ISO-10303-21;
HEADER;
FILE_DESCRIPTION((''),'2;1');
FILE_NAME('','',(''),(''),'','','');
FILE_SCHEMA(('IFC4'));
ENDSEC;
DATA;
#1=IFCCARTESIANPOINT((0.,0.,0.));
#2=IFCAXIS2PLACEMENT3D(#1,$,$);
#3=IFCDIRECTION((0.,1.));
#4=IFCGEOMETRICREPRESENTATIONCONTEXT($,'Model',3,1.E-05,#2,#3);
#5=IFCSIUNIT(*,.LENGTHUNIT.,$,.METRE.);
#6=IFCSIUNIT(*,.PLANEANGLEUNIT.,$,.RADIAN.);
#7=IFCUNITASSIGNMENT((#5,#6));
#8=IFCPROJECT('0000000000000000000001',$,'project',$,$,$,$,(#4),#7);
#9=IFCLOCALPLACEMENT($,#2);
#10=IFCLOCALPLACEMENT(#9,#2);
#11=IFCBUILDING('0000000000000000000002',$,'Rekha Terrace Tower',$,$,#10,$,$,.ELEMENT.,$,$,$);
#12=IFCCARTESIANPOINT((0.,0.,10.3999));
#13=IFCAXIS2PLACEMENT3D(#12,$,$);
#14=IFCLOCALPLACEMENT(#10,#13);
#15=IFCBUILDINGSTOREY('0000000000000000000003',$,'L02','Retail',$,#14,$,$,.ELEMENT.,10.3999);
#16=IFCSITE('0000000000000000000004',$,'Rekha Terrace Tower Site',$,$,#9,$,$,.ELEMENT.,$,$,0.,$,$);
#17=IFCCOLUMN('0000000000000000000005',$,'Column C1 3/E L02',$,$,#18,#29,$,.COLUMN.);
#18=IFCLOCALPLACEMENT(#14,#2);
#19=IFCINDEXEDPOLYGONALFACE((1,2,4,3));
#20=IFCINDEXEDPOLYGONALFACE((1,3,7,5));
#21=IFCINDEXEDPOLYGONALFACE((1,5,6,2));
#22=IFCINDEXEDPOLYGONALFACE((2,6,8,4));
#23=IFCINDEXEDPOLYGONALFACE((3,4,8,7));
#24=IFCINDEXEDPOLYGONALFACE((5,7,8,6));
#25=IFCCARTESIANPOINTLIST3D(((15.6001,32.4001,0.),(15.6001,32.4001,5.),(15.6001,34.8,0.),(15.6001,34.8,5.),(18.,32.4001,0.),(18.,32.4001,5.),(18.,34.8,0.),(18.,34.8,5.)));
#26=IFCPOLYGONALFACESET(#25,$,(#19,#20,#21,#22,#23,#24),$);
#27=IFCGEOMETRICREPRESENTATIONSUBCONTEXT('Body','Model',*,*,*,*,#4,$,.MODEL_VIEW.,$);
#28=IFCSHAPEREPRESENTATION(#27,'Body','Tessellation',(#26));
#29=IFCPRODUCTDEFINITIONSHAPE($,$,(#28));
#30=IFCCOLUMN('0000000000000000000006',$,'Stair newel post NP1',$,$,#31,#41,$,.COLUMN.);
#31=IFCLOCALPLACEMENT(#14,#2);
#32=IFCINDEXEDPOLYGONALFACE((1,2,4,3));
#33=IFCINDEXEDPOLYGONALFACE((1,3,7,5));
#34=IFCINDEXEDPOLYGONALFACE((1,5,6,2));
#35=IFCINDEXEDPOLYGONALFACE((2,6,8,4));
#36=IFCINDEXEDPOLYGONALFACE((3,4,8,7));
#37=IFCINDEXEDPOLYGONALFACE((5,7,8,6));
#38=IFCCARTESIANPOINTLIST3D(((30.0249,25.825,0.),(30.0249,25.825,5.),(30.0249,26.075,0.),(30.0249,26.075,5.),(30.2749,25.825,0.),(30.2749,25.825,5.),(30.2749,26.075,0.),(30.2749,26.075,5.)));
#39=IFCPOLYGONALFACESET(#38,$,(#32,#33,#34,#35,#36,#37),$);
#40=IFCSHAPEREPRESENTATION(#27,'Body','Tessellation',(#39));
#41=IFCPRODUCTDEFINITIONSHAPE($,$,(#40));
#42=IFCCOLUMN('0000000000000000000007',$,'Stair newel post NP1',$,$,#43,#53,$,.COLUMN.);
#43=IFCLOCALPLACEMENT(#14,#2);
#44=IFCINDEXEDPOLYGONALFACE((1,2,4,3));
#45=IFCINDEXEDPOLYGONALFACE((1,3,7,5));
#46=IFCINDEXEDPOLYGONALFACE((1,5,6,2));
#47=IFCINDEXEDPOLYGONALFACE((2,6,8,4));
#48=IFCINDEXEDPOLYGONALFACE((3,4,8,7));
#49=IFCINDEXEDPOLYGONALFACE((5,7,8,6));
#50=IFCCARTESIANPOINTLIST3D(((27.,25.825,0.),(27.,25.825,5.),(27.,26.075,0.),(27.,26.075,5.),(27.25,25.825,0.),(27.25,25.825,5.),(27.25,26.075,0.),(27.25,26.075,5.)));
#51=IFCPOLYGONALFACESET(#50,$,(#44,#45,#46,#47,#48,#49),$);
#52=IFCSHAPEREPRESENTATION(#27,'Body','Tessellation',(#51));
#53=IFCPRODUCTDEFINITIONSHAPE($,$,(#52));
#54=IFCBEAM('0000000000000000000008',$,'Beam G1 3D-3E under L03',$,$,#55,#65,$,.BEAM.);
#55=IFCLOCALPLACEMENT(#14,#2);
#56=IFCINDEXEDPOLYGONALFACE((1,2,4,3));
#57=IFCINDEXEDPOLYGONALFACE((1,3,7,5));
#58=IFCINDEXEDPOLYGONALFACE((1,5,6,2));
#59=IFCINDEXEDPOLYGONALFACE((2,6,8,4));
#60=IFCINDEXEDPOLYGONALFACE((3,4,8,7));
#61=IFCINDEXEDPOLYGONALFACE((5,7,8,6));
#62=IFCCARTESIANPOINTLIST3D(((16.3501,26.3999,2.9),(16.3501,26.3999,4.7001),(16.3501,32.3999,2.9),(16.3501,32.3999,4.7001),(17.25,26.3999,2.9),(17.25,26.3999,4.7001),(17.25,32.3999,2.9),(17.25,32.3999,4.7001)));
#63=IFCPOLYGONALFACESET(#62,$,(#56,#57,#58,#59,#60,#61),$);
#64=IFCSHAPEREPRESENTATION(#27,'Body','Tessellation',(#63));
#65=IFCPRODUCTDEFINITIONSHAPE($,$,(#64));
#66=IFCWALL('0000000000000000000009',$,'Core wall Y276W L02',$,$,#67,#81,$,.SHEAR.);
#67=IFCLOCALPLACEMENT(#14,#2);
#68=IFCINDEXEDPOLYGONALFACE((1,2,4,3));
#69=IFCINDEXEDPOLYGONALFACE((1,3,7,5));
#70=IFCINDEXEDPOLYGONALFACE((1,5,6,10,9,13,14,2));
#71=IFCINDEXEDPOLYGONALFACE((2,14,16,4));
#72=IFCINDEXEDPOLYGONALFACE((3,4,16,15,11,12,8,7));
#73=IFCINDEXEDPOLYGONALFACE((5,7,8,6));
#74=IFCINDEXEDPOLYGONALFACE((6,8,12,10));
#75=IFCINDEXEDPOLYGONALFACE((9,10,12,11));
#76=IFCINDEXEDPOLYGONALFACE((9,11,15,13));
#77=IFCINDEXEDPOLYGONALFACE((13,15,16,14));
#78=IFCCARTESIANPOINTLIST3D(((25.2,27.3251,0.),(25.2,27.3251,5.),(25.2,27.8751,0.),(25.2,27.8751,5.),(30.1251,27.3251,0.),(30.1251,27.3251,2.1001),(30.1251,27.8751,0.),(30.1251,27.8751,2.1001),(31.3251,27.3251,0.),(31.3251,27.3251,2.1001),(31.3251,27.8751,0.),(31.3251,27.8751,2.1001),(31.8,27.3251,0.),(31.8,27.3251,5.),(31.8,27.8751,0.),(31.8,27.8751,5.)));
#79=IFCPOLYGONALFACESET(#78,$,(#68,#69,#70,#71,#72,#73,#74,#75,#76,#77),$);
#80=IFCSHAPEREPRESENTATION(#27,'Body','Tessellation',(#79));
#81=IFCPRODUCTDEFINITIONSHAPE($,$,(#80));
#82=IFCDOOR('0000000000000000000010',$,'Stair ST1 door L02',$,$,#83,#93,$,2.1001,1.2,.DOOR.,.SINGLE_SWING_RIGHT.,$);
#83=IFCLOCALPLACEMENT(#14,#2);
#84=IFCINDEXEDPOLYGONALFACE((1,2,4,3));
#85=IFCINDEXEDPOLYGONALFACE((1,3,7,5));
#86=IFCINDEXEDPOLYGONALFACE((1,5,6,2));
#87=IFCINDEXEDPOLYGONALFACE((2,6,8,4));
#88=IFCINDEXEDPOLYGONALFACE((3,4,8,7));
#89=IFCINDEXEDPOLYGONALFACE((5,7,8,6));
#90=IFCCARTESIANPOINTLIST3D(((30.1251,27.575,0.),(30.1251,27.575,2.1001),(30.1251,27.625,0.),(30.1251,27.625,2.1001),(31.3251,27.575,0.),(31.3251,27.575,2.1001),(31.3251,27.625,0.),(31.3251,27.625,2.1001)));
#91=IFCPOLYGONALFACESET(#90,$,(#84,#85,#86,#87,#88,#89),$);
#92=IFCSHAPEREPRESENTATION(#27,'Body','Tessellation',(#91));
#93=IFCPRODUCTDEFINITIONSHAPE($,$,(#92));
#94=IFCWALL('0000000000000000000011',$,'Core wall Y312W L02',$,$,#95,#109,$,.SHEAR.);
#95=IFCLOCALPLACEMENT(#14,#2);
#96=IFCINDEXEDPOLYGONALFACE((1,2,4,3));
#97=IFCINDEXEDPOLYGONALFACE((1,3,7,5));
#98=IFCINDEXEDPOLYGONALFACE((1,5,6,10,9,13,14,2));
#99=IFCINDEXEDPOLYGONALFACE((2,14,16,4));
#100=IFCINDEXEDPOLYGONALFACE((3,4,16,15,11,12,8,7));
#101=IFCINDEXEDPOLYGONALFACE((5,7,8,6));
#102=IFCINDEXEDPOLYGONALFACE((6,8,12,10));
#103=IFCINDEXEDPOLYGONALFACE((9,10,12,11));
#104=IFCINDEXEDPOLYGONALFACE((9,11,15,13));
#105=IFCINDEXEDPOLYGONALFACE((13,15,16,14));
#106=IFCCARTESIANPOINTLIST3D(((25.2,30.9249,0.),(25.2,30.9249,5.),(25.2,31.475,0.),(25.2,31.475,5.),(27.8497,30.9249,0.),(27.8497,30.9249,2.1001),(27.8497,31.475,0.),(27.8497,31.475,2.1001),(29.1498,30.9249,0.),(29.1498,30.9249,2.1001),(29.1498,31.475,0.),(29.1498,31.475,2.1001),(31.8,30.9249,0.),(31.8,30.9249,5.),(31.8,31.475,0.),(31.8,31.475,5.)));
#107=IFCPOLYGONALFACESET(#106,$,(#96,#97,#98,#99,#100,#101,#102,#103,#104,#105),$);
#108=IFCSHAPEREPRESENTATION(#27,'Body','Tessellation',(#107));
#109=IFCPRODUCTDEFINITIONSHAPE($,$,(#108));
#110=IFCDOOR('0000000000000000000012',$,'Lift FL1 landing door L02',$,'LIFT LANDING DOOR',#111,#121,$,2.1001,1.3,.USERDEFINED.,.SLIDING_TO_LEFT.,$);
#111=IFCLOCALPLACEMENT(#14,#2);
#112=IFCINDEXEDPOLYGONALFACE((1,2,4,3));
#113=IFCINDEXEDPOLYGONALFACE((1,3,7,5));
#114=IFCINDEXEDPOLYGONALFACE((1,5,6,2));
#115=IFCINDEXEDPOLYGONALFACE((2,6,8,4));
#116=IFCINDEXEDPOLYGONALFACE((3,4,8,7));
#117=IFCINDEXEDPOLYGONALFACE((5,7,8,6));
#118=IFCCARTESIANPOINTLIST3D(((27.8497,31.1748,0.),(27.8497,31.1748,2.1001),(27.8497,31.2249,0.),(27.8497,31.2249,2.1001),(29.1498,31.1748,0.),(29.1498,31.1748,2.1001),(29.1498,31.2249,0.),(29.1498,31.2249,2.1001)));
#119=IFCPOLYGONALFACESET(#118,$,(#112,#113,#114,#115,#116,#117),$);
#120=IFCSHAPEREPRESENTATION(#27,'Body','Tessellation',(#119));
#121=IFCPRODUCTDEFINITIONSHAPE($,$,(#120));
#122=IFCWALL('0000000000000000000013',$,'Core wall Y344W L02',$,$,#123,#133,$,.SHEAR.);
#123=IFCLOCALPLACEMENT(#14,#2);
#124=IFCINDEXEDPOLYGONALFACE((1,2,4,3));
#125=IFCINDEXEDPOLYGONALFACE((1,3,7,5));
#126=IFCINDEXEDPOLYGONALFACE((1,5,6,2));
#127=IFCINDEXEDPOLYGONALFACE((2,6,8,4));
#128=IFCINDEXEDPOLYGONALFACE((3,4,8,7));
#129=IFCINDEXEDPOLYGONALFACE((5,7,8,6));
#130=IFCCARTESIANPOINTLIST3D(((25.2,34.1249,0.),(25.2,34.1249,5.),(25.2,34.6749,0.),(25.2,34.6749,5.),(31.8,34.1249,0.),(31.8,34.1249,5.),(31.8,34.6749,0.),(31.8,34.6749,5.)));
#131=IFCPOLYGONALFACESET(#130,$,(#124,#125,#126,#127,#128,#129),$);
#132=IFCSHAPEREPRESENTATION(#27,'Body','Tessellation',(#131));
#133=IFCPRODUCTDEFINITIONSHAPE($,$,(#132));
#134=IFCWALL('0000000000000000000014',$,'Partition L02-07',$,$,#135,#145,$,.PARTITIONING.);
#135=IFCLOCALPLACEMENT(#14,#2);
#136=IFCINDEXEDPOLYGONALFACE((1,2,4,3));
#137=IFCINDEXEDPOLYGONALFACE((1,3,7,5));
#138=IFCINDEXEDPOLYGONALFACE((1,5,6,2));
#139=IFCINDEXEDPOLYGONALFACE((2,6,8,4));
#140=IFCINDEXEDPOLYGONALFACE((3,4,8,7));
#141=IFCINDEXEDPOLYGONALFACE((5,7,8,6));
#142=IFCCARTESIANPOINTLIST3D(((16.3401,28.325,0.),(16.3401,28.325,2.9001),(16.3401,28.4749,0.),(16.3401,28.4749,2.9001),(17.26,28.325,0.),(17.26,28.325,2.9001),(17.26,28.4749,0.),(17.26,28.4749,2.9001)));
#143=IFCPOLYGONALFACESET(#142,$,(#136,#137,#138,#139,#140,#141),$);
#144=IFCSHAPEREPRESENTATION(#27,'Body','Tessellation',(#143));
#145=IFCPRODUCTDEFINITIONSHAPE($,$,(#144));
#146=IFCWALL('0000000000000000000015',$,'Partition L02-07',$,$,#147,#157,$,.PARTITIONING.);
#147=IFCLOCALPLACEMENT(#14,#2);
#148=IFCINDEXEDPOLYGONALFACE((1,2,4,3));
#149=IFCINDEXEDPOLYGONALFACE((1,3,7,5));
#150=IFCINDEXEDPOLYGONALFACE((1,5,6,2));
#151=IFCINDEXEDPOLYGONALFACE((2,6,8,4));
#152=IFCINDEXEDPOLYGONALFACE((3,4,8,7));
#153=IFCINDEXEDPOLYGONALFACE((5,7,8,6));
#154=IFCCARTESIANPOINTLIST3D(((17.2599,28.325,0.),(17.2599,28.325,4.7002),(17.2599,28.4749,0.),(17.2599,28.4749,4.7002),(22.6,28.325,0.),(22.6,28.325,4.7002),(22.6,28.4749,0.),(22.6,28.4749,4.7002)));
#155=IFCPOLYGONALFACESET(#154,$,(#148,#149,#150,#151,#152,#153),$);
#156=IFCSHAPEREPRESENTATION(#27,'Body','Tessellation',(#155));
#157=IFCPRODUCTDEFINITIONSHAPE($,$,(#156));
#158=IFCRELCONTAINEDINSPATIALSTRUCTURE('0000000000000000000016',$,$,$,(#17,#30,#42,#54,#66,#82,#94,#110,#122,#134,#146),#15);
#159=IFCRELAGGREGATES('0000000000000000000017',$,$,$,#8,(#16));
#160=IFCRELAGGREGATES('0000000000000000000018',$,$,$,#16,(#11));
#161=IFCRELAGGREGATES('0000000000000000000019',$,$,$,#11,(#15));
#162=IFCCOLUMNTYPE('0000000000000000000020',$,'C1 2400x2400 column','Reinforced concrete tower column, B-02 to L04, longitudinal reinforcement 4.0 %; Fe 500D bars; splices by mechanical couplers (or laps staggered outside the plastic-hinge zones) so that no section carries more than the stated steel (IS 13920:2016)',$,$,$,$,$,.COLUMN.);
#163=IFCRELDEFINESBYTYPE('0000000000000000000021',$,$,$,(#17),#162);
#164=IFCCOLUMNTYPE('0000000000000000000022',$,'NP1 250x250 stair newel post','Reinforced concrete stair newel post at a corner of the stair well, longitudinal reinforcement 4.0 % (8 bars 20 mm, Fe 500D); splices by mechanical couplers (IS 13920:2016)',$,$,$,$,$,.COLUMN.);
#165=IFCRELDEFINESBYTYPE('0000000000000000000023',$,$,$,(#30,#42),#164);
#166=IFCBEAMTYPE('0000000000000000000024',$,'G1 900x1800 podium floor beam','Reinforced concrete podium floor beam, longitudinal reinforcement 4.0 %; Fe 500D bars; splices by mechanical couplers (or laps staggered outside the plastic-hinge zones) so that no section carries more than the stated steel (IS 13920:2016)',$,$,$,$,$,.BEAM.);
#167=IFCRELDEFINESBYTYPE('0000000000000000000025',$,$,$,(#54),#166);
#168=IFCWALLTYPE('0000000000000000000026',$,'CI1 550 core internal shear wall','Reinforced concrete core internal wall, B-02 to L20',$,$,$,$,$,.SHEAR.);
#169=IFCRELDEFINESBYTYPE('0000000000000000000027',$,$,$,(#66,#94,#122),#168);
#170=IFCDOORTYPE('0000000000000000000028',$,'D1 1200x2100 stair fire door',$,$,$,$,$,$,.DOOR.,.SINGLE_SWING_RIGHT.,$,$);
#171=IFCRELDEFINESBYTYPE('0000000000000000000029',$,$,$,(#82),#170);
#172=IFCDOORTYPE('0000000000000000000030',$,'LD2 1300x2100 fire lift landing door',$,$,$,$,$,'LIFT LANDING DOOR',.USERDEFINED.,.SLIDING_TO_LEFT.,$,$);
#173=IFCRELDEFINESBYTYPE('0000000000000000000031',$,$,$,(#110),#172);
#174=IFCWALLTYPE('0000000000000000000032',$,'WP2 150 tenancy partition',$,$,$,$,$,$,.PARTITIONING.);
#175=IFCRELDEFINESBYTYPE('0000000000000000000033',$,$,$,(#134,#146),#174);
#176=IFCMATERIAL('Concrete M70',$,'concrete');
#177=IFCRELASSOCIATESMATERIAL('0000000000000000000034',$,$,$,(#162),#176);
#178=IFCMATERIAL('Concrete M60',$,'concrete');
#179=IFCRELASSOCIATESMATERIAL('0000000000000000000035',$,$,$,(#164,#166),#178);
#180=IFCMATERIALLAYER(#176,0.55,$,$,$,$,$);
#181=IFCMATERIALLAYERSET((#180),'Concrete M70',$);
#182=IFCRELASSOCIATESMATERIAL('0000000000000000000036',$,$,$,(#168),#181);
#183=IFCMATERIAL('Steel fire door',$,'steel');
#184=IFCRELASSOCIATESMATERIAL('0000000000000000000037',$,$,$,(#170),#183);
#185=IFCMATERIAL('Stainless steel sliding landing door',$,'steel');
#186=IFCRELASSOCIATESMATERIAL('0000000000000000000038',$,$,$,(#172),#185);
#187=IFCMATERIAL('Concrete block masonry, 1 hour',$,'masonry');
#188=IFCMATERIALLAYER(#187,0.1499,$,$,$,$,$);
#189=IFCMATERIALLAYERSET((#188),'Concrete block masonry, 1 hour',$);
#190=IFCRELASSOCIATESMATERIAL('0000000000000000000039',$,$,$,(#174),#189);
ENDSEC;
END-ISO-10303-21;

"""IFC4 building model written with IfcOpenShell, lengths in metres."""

from ifc_helpers import new_model, si_unit, direction, frame, frame_2d, origin, origin_2d, place, context, subcontext, project, spatial, rectangle, extrude, material, layer, layer_set, material_profile, profile_set, type_object, element, fill, save


model = new_model("IFC4")

# Units and contexts
model_context = context("Model", 3, precision=1e-05, world=origin(), true_north=direction((0.0, 1.0)))
body_context = subcontext(model_context, "Body", "Model", "MODEL_VIEW")
ifc_project = project(units=[si_unit("LENGTHUNIT", "METRE"), si_unit("PLANEANGLEUNIT", "RADIAN")], contexts=[model_context])

# Site, building, storey
site_placement = place(None, origin())
site = spatial("IfcSite", under=ifc_project, at=site_placement, Name="Rekha Terrace Tower Site", CompositionType="ELEMENT", RefElevation=0.0)
building_placement = place(site_placement, origin())
building = spatial("IfcBuilding", under=site, at=building_placement, Name="Rekha Terrace Tower", CompositionType="ELEMENT")
storey_placement = place(building_placement, frame((0.0, 0.0, 10.3999)))
storey = spatial("IfcBuildingStorey", under=building, at=storey_placement, Name="L02", Description="Retail", CompositionType="ELEMENT", Elevation=10.3999)

# Columns
ifc_material_1 = material(Name="Concrete M70", Category="concrete")
ifc_material_profile_1 = material_profile(ifc_material_1, rectangle(XDim=2.3999, YDim=2.3999, at=origin_2d()), Name="RC 2400x2400")
ifc_profile_set_1 = profile_set([ifc_material_profile_1], Name="Concrete M70")
column_type_1 = type_object("IfcColumnType", Name="C1 2400x2400 column", Description="Reinforced concrete tower column, B-02 to L04, longitudinal reinforcement 4.0 %; Fe 500D bars; splices by mechanical couplers (or laps staggered outside the plastic-hinge zones) so that no section carries more than the stated steel (IS 13920:2016)", PredefinedType="COLUMN", material=ifc_profile_set_1)
column_placement = place(storey_placement, frame((16.8, 33.6001, 0.0), z_axis=(0.0, 0.0, 1.0), x_axis=(1.0, 0.0, 0.0)))
element("IfcColumn", 1, at=column_placement, inside=storey, type_object=column_type_1, Name="Column C1 3/E L02", PredefinedType="COLUMN", context=body_context, shape_type="SweptSolid", body=[
    extrude(rectangle(XDim=2.3999, YDim=2.3999, at=origin_2d()), origin(), (0.0, 0.0, 1.0), 5.0),
])
ifc_material_2 = material(Name="Concrete M60", Category="concrete")
ifc_material_profile_2 = material_profile(ifc_material_2, rectangle(XDim=0.25, YDim=0.25, at=origin_2d()), Name="RC 250x250")
ifc_profile_set_2 = profile_set([ifc_material_profile_2], Name="Concrete M60")
column_type_2 = type_object("IfcColumnType", Name="NP1 250x250 stair newel post", Description="Reinforced concrete stair newel post at a corner of the stair well, longitudinal reinforcement 4.0 % (8 bars 20 mm, Fe 500D); splices by mechanical couplers (IS 13920:2016)", PredefinedType="COLUMN", material=ifc_profile_set_2)
for number, where, z_axis, x_axis, name in (
    (2, (30.1499, 25.95, 0.0), (0.0, 0.0, 1.0), (1.0, 0.0, 0.0), "Stair newel post NP1"),
    (3, (27.125, 25.95, 0.0), (0.0, 0.0, 1.0), (1.0, 0.0, 0.0), "Stair newel post NP1"),
):
    element("IfcColumn", number, at=place(storey_placement, frame(where, z_axis=z_axis, x_axis=x_axis)), inside=storey, type_object=column_type_2, Name=name, PredefinedType="COLUMN", context=body_context, shape_type="SweptSolid", body=[
        extrude(rectangle(XDim=0.25, YDim=0.25, at=origin_2d()), origin(), (0.0, 0.0, 1.0), 5.0),
    ])

# Beam
ifc_material_profile_3 = material_profile(ifc_material_2, rectangle(XDim=0.8999, YDim=1.8, at=origin_2d()), Name="RC 900x1800")
ifc_profile_set_3 = profile_set([ifc_material_profile_3], Name="Concrete M60")
beam_type = type_object("IfcBeamType", Name="G1 900x1800 podium floor beam", Description="Reinforced concrete podium floor beam, longitudinal reinforcement 4.0 %; Fe 500D bars; splices by mechanical couplers (or laps staggered outside the plastic-hinge zones) so that no section carries more than the stated steel (IS 13920:2016)", PredefinedType="BEAM", material=ifc_profile_set_3)
beam_placement = place(storey_placement, frame((16.8, 26.3999, 3.8), z_axis=(0.0, 1.0, 0.0), x_axis=(-1.0, 0.0, 0.0)))
element("IfcBeam", 4, at=beam_placement, inside=storey, type_object=beam_type, Name="Beam G1 3D-3E under L03", PredefinedType="BEAM", context=body_context, shape_type="SweptSolid", body=[
    extrude(rectangle(XDim=0.8999, YDim=1.8, at=origin_2d()), origin(), (0.0, 0.0, 1.0), 6.0),
])

# Walls, openings, doors
ifc_layer_1 = layer(ifc_material_1, 0.55)
ifc_layer_set_1 = layer_set([ifc_layer_1], Name="Concrete M70")
wall_type_1 = type_object("IfcWallType", Name="CI1 550 core internal shear wall", Description="Reinforced concrete core internal wall, B-02 to L20", PredefinedType="SHEAR", material=ifc_layer_set_1)
wall_1_placement = place(storey_placement, frame((25.2, 27.6001, 0.0), z_axis=(0.0, 0.0, 1.0), x_axis=(1.0, 0.0, 0.0)))
wall_1 = element("IfcWall", 5, at=wall_1_placement, inside=storey, type_object=wall_type_1, Name="Core wall Y276W L02", PredefinedType="SHEAR", context=body_context, shape_type="SweptSolid", body=[
    extrude(rectangle(XDim=6.6001, YDim=0.55, at=frame_2d((3.3, 0.0))), origin(), (0.0, 0.0, 1.0), 5.0),
])
opening_1_placement = place(wall_1_placement, frame((4.925, 0.0, 0.0)))
opening_1 = element("IfcOpeningElement", 6, at=opening_1_placement, cuts=wall_1, PredefinedType="OPENING", context=body_context, shape_type="SweptSolid", body=[
    extrude(rectangle(XDim=1.2, YDim=2.1001, at=frame_2d((0.6001, 1.05))), frame((0.0, 0.2849, 0.0), z_axis=(0.0, -1.0, 0.0), x_axis=(1.0, 0.0, 0.0)), (0.0, 0.0, 1.0), 0.5701),
])
ifc_material_3 = material(Name="Steel fire door", Category="steel")
door_type_1 = type_object("IfcDoorType", Name="D1 1200x2100 stair fire door", OperationType="SINGLE_SWING_RIGHT", PredefinedType="DOOR", material=ifc_material_3)
door_1_placement = place(opening_1_placement, origin())
door_1 = element("IfcDoor", 7, at=door_1_placement, inside=storey, type_object=door_type_1, Name="Stair ST1 door L02", OperationType="SINGLE_SWING_RIGHT", OverallHeight=2.1001, OverallWidth=1.2, PredefinedType="DOOR", context=body_context, shape_type="SweptSolid", body=[
    extrude(rectangle(XDim=1.2, YDim=2.1001, at=frame_2d((0.6001, 1.05))), frame((0.0, 0.0249, 0.0), z_axis=(0.0, -1.0, 0.0), x_axis=(1.0, 0.0, 0.0)), (0.0, 0.0, 1.0), 0.05),
])
fill(opening_1, door_1)
wall_2_placement = place(storey_placement, frame((25.2, 31.2, 0.0), z_axis=(0.0, 0.0, 1.0), x_axis=(1.0, 0.0, 0.0)))
wall_2 = element("IfcWall", 8, at=wall_2_placement, inside=storey, type_object=wall_type_1, Name="Core wall Y312W L02", PredefinedType="SHEAR", context=body_context, shape_type="SweptSolid", body=[
    extrude(rectangle(XDim=6.6001, YDim=0.55, at=frame_2d((3.3, 0.0))), origin(), (0.0, 0.0, 1.0), 5.0),
])
opening_2_placement = place(wall_2_placement, frame((2.6499, 0.0, 0.0)))
opening_2 = element("IfcOpeningElement", 9, at=opening_2_placement, cuts=wall_2, PredefinedType="OPENING", context=body_context, shape_type="SweptSolid", body=[
    extrude(rectangle(XDim=1.3, YDim=2.1001, at=frame_2d((0.6499, 1.05))), frame((0.0, 0.2849, 0.0), z_axis=(0.0, -1.0, 0.0), x_axis=(1.0, 0.0, 0.0)), (0.0, 0.0, 1.0), 0.5701),
])
ifc_material_4 = material(Name="Stainless steel sliding landing door", Category="steel")
door_type_2 = type_object("IfcDoorType", Name="LD2 1300x2100 fire lift landing door", ElementType="LIFT LANDING DOOR", OperationType="SLIDING_TO_LEFT", PredefinedType="USERDEFINED", material=ifc_material_4)
door_2_placement = place(opening_2_placement, origin())
door_2 = element("IfcDoor", 10, at=door_2_placement, inside=storey, type_object=door_type_2, Name="Lift FL1 landing door L02", ObjectType="LIFT LANDING DOOR", OperationType="SLIDING_TO_LEFT", OverallHeight=2.1001, OverallWidth=1.3, PredefinedType="USERDEFINED", context=body_context, shape_type="SweptSolid", body=[
    extrude(rectangle(XDim=1.3, YDim=2.1001, at=frame_2d((0.6499, 1.05))), frame((0.0, 0.0249, 0.0), z_axis=(0.0, -1.0, 0.0), x_axis=(1.0, 0.0, 0.0)), (0.0, 0.0, 1.0), 0.05),
])
fill(opening_2, door_2)

# Walls
wall_3_placement = place(storey_placement, frame((25.2, 34.3999, 0.0), z_axis=(0.0, 0.0, 1.0), x_axis=(1.0, 0.0, 0.0)))
element("IfcWall", 11, at=wall_3_placement, inside=storey, type_object=wall_type_1, Name="Core wall Y344W L02", PredefinedType="SHEAR", context=body_context, shape_type="SweptSolid", body=[
    extrude(rectangle(XDim=6.6001, YDim=0.55, at=frame_2d((3.3, 0.0))), origin(), (0.0, 0.0, 1.0), 5.0),
])
ifc_material_5 = material(Name="Concrete block masonry, 1 hour", Category="masonry")
ifc_layer_2 = layer(ifc_material_5, 0.1499)
ifc_layer_set_2 = layer_set([ifc_layer_2], Name="Concrete block masonry, 1 hour")
wall_type_2 = type_object("IfcWallType", Name="WP2 150 tenancy partition", PredefinedType="PARTITIONING", material=ifc_layer_set_2)
wall_4_placement = place(storey_placement, frame((16.3401, 28.3999, 0.0), z_axis=(0.0, 0.0, 1.0), x_axis=(1.0, 0.0, 0.0)))
element("IfcWall", 12, at=wall_4_placement, inside=storey, type_object=wall_type_2, Name="Partition L02-07", PredefinedType="PARTITIONING", context=body_context, shape_type="SweptSolid", body=[
    extrude(rectangle(XDim=0.9199, YDim=0.1499, at=frame_2d((0.46, 0.0))), origin(), (0.0, 0.0, 1.0), 2.9001),
])
wall_5_placement = place(storey_placement, frame((17.26, 28.3999, 0.0), z_axis=(0.0, 0.0, 1.0), x_axis=(1.0, 0.0, 0.0)))
element("IfcWall", 13, at=wall_5_placement, inside=storey, type_object=wall_type_2, Name="Partition L02-07", PredefinedType="PARTITIONING", context=body_context, shape_type="SweptSolid", body=[
    extrude(rectangle(XDim=5.3401, YDim=0.1499, at=frame_2d((2.6699, 0.0))), origin(), (0.0, 0.0, 1.0), 4.7002),
])

save(model, "model.ifc")
